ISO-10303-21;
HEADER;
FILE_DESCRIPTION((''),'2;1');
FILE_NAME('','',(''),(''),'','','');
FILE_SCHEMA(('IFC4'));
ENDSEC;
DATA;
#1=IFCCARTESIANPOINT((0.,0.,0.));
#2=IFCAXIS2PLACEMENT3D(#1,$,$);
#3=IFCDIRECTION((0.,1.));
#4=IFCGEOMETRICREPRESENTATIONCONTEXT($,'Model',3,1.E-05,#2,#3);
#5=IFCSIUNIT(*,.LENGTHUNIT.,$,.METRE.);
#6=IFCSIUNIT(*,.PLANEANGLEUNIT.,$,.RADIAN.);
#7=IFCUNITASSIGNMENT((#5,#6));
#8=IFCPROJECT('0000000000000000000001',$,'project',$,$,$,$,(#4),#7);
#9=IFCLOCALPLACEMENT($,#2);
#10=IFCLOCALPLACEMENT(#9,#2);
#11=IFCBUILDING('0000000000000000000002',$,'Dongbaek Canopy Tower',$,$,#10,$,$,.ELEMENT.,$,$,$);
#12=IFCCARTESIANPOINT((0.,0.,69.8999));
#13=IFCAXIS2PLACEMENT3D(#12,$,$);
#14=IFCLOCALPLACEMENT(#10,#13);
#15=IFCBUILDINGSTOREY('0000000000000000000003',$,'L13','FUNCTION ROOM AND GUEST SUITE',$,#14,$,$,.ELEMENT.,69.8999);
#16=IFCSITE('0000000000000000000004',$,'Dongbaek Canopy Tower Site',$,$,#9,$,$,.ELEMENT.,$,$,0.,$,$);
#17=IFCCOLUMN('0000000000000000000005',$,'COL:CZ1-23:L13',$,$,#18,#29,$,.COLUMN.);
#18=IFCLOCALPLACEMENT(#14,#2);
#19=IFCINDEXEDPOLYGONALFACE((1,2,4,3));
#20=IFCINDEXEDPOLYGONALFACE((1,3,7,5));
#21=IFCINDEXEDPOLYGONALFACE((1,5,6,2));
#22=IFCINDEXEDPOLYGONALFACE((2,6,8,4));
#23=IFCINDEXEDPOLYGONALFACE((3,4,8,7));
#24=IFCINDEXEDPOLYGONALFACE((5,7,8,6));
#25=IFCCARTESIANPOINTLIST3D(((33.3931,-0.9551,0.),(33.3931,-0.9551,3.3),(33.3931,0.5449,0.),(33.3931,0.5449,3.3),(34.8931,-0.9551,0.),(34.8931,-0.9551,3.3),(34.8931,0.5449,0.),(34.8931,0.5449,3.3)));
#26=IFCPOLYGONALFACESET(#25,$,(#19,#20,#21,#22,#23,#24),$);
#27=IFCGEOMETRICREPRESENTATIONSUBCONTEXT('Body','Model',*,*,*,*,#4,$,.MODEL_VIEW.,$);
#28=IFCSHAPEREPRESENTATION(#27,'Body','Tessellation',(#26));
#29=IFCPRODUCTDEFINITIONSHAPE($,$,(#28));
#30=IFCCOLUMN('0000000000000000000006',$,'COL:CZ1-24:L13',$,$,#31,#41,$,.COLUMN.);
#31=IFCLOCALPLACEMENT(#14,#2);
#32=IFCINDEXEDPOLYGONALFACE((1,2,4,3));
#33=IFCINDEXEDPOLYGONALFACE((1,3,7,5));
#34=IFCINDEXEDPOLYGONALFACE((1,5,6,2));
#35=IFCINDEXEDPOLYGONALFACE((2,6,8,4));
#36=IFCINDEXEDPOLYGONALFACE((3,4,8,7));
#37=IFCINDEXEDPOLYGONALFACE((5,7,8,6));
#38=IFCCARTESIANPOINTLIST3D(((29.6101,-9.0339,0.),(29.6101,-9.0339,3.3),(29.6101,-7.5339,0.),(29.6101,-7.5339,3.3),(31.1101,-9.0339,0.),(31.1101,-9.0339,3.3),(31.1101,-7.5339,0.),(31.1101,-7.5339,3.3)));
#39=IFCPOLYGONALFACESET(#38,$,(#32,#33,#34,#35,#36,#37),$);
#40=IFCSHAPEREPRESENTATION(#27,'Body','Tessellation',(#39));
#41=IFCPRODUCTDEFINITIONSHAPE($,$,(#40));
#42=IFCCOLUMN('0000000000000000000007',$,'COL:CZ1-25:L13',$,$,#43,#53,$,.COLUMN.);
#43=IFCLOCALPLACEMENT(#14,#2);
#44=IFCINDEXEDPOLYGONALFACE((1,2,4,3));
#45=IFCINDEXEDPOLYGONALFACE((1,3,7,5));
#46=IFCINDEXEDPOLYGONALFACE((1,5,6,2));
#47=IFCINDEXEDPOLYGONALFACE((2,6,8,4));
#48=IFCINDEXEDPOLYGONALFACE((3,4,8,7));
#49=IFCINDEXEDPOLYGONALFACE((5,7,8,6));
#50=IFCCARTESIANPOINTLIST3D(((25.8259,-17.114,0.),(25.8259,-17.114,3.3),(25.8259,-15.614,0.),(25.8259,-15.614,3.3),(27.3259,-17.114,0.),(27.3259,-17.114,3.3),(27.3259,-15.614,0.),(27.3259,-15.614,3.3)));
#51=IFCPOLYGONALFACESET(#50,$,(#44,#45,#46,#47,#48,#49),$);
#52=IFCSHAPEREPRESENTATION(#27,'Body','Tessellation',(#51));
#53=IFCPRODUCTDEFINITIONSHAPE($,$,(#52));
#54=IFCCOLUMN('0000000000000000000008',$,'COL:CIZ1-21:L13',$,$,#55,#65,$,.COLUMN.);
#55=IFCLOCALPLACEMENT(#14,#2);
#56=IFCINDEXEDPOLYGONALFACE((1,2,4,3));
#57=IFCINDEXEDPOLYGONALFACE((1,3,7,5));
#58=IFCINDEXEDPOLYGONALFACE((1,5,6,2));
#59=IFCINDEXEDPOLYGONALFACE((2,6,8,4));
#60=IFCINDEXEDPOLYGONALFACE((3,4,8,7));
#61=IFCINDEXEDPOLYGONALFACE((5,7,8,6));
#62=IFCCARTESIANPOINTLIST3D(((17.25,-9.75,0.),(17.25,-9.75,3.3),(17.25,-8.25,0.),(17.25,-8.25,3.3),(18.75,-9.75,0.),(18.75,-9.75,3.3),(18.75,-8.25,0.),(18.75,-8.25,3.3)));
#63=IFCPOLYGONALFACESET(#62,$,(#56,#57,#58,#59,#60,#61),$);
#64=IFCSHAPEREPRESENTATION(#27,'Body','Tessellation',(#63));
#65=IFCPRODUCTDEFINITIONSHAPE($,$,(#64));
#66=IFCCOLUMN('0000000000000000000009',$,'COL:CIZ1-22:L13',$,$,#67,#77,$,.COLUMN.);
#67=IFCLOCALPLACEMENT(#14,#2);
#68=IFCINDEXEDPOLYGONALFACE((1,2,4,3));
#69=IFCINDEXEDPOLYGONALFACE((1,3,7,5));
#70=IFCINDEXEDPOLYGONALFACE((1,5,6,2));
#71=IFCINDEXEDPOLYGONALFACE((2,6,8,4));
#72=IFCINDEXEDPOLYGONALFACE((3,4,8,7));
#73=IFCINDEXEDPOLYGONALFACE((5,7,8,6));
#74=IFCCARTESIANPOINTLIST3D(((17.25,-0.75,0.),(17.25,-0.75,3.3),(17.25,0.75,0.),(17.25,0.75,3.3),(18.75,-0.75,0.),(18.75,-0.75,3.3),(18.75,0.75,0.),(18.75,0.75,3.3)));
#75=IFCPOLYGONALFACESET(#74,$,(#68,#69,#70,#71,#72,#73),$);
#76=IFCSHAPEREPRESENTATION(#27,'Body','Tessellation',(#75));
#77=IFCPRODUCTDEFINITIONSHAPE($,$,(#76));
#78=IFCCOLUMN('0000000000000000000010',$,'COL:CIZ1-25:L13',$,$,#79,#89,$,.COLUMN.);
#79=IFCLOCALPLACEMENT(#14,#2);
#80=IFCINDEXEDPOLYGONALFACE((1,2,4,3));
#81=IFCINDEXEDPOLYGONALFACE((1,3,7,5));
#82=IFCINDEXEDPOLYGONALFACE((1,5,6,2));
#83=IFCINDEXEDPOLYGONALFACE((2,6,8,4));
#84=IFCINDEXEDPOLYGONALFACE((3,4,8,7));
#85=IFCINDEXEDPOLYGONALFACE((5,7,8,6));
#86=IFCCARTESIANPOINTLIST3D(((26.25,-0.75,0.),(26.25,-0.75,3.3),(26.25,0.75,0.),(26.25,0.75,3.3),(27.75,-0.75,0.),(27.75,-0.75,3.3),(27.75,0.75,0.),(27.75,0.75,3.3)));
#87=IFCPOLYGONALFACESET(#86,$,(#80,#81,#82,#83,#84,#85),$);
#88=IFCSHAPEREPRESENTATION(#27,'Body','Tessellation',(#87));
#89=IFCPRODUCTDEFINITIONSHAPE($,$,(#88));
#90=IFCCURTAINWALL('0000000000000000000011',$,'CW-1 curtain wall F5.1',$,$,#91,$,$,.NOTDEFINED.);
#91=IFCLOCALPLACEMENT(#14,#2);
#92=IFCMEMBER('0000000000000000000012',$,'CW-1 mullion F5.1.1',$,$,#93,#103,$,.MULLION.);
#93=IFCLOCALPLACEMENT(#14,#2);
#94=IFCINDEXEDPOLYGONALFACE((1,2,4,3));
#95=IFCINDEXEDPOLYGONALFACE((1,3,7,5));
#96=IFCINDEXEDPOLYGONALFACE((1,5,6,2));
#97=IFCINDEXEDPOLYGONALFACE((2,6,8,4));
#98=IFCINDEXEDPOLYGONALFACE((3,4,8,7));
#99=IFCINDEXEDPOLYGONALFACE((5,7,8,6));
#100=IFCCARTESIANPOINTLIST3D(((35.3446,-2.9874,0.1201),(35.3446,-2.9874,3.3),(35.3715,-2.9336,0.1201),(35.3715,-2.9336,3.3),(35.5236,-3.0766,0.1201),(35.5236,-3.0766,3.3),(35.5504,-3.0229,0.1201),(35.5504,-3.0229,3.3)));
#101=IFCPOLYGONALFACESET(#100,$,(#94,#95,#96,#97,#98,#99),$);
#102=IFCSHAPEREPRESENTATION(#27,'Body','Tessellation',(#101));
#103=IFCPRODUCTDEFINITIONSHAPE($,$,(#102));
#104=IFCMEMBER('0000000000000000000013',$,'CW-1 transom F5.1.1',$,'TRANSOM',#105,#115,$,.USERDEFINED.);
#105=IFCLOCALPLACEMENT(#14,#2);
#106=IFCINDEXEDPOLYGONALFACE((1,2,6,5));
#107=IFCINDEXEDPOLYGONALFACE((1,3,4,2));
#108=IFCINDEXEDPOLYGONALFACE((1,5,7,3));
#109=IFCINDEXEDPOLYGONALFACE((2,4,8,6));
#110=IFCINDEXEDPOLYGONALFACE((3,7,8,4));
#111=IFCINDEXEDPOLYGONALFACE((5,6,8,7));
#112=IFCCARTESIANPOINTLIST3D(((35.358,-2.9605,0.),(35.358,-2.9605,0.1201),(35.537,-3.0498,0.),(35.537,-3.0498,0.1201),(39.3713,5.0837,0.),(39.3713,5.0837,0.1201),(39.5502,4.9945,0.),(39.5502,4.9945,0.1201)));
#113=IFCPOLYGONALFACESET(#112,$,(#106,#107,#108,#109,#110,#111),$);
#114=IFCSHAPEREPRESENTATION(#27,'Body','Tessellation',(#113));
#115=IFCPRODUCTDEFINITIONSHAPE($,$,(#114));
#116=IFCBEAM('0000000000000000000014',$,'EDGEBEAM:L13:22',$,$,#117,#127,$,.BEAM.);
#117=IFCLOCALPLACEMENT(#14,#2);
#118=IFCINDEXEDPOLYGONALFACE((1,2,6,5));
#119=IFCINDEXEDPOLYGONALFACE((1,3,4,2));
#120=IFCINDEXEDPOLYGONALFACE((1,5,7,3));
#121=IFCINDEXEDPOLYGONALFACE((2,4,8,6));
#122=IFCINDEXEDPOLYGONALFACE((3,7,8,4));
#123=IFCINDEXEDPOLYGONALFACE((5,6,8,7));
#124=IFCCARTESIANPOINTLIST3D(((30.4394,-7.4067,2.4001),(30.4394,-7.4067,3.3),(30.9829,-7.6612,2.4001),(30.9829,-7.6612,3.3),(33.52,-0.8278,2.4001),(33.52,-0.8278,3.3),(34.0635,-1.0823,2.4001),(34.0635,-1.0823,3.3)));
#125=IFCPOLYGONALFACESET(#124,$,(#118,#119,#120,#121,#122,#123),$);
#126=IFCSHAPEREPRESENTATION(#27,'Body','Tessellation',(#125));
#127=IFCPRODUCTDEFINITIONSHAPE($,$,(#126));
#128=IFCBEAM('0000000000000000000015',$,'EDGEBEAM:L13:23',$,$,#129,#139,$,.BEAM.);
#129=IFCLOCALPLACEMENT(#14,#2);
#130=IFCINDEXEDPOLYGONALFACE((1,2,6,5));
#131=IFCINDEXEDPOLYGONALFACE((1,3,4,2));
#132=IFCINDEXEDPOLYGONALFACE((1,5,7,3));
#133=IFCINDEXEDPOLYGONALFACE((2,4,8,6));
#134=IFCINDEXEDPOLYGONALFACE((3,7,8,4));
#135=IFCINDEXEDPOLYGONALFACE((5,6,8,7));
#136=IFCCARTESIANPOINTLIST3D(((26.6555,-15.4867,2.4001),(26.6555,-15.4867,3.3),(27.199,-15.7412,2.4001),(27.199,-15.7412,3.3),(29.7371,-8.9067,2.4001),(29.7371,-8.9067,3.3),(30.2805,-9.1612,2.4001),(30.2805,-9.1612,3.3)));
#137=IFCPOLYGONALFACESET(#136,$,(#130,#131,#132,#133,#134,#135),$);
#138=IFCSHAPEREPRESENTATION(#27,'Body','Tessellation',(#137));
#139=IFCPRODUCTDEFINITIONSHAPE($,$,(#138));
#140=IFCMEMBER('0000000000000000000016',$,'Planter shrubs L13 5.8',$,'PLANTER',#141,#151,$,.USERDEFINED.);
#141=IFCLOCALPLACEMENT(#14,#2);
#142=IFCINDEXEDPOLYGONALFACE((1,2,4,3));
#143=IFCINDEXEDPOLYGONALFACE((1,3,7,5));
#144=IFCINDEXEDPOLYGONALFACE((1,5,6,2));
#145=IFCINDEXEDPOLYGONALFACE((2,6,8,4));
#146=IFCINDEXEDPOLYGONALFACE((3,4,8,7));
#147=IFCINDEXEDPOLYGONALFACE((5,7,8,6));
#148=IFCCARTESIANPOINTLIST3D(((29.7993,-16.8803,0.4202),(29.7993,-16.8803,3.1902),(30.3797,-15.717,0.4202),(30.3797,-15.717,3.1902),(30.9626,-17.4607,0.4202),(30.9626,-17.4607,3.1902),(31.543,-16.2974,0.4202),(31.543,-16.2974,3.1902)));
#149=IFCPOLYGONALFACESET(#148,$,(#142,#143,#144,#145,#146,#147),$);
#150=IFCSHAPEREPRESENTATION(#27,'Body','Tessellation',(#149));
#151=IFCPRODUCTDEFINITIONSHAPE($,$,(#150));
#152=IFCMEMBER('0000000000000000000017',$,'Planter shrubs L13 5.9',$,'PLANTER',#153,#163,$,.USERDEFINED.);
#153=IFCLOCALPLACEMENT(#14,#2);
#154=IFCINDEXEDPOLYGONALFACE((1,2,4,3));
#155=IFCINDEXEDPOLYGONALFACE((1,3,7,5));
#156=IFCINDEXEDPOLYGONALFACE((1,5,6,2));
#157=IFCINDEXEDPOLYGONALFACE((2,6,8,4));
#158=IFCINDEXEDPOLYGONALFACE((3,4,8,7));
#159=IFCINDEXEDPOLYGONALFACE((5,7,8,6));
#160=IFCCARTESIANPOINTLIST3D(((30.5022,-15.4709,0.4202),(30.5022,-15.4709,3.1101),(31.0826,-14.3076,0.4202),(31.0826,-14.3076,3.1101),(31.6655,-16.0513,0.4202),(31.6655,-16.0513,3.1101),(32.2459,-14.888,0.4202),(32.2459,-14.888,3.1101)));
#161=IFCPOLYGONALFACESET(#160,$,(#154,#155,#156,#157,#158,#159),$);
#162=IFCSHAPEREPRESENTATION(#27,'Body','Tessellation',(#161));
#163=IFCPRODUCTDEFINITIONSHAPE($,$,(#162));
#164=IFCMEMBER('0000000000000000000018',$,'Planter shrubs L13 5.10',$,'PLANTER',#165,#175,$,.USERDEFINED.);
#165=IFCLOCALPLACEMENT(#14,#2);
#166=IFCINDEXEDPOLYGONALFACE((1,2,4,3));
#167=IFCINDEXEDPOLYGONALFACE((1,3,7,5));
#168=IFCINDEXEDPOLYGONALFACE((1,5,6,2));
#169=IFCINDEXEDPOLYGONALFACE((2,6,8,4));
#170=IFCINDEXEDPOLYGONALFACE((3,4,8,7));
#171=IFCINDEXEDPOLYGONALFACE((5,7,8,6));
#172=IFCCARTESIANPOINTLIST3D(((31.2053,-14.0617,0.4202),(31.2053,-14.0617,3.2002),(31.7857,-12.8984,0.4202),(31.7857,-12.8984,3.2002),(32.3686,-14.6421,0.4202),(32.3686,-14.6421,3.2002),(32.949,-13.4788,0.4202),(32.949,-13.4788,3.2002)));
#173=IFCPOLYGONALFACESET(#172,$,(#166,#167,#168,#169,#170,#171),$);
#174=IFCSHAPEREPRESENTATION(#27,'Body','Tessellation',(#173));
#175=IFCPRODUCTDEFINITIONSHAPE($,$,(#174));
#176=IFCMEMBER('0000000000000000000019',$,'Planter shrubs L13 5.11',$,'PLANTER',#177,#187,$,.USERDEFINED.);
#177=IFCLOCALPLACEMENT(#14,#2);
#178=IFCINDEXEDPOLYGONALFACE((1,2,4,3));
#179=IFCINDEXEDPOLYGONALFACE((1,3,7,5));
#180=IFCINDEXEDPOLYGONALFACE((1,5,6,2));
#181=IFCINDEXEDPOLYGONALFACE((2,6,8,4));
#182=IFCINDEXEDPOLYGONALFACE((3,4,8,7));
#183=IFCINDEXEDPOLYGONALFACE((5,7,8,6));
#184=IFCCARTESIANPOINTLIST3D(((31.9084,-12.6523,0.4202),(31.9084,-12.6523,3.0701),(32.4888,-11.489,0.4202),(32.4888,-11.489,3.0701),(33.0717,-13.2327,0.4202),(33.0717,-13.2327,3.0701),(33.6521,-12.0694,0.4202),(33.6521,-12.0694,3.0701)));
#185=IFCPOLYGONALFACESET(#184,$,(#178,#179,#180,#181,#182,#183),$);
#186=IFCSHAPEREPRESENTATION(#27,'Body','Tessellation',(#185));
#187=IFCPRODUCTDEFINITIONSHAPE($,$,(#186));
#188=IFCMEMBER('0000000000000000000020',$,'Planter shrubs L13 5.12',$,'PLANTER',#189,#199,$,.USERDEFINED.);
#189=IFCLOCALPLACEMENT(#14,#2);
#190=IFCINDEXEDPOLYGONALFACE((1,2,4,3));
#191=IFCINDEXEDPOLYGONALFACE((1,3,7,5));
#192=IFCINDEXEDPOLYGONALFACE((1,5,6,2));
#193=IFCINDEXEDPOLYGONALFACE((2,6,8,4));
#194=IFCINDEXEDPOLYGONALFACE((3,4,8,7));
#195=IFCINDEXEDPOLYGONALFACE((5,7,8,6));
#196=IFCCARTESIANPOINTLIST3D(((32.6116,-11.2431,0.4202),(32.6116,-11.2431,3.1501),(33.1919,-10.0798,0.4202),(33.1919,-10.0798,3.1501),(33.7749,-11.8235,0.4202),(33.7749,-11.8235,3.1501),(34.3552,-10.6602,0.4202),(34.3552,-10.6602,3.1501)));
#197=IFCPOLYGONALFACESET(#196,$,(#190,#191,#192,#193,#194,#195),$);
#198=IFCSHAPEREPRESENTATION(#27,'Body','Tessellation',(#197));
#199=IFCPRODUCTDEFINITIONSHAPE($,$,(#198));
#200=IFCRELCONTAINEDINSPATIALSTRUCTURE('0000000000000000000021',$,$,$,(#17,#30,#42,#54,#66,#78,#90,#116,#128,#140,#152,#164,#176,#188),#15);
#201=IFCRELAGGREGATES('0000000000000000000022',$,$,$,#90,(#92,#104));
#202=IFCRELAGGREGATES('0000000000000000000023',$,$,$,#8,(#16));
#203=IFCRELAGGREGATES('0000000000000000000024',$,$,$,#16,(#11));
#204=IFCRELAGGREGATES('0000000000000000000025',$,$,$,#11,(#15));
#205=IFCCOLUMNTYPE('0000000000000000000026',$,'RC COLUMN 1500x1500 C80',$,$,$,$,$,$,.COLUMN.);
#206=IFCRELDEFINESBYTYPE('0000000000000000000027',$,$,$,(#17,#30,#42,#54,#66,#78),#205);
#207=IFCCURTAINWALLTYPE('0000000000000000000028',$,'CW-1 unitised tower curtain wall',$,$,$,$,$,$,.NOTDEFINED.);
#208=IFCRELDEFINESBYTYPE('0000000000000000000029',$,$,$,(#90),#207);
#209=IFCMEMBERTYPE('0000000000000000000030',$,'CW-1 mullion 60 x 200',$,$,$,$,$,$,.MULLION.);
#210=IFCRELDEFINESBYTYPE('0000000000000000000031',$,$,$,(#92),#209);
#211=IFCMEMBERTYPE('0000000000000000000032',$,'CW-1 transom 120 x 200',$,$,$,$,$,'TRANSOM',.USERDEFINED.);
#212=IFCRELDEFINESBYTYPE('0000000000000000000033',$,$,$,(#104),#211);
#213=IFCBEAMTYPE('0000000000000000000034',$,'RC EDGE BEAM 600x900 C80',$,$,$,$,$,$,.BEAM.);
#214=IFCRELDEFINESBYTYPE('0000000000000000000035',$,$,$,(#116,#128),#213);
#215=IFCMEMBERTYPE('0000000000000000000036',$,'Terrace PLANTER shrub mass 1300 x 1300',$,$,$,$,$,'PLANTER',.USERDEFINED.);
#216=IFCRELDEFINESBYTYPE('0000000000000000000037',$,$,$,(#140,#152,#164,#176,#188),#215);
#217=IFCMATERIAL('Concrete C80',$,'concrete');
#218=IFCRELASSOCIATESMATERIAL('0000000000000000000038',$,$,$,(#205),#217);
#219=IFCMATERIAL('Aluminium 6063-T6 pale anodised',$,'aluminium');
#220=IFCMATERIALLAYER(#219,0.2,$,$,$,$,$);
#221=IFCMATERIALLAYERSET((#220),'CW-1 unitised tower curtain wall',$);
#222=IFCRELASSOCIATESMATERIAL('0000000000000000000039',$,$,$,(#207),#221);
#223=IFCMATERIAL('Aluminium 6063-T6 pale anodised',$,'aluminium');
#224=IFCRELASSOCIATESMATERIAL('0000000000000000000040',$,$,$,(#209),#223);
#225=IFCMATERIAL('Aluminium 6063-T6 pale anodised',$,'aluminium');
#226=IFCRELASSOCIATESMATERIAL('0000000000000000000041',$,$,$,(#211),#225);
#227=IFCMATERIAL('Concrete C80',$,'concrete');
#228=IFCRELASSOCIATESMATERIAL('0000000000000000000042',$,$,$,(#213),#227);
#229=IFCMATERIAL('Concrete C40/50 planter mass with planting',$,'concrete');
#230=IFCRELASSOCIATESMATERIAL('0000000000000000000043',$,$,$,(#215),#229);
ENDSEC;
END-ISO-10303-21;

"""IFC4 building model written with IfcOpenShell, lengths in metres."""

from ifc_helpers import new_model, si_unit, direction, frame, origin, origin_2d, place, context, subcontext, project, spatial, rectangle, extrude, material, layer, layer_set, material_profile, profile_set, type_object, element, aggregate, save


model = new_model("IFC4")

# Units and contexts
model_context = context("Model", 3, precision=1e-05, world=origin(), true_north=direction((0.0, 1.0)))
body_context = subcontext(model_context, "Body", "Model", "MODEL_VIEW")
ifc_project = project(units=[si_unit("LENGTHUNIT", "METRE"), si_unit("PLANEANGLEUNIT", "RADIAN")], contexts=[model_context])

# Site, building, storey
site_placement = place(None, origin())
site = spatial("IfcSite", under=ifc_project, at=site_placement, Name="Dongbaek Canopy Tower Site", CompositionType="ELEMENT", RefElevation=0.0)
building_placement = place(site_placement, origin())
building = spatial("IfcBuilding", under=site, at=building_placement, Name="Dongbaek Canopy Tower", CompositionType="ELEMENT")
storey_placement = place(building_placement, frame((0.0, 0.0, 69.8999)))
storey = spatial("IfcBuildingStorey", under=building, at=storey_placement, Name="L13", Description="FUNCTION ROOM AND GUEST SUITE", CompositionType="ELEMENT", Elevation=69.8999)

# Columns
ifc_material_1 = material(Name="Concrete C80", Category="concrete")
ifc_material_profile_1 = material_profile(ifc_material_1, rectangle(XDim=1.5, YDim=1.5, at=origin_2d()), Name="RC COLUMN 1500x1500 C80")
ifc_profile_set_1 = profile_set([ifc_material_profile_1], Name="Concrete C80")
column_type = type_object("IfcColumnType", Name="RC COLUMN 1500x1500 C80", PredefinedType="COLUMN", material=ifc_profile_set_1)
for number, where, z_axis, x_axis, name in (
    (1, (34.1431, -0.2051, 0.0), (0.0, 0.0, 1.0), (1.0, 0.0, 0.0), "COL:CZ1-23:L13"),
    (2, (30.3601, -8.2839, 0.0), (0.0, 0.0, 1.0), (1.0, 0.0, 0.0), "COL:CZ1-24:L13"),
    (3, (26.5759, -16.364, 0.0), (0.0, 0.0, 1.0), (1.0, 0.0, 0.0), "COL:CZ1-25:L13"),
    (4, (18.0, -9.0, 0.0), (0.0, 0.0, 1.0), (1.0, 0.0, 0.0), "COL:CIZ1-21:L13"),
    (5, (18.0, 0.0, 0.0), (0.0, 0.0, 1.0), (1.0, 0.0, 0.0), "COL:CIZ1-22:L13"),
    (6, (27.0, 0.0, 0.0), (0.0, 0.0, 1.0), (1.0, 0.0, 0.0), "COL:CIZ1-25:L13"),
):
    element("IfcColumn", number, at=place(storey_placement, frame(where, z_axis=z_axis, x_axis=x_axis)), inside=storey, type_object=column_type, Name=name, PredefinedType="COLUMN", context=body_context, shape_type="SweptSolid", body=[
        extrude(rectangle(XDim=1.5, YDim=1.5, at=origin_2d()), origin(), (0.0, 0.0, 1.0), 3.3),
    ])

# Curtain wall, members
ifc_material_2 = material(Name="Aluminium 6063-T6 pale anodised", Category="aluminium")
ifc_layer_1 = layer(ifc_material_2, 0.2)
ifc_layer_set_1 = layer_set([ifc_layer_1], Name="CW-1 unitised tower curtain wall")
curtain_wall_type = type_object("IfcCurtainWallType", Name="CW-1 unitised tower curtain wall", PredefinedType="NOTDEFINED", material=ifc_layer_set_1)
curtain_wall_placement = place(storey_placement, origin())
curtain_wall = element("IfcCurtainWall", 7, at=curtain_wall_placement, inside=storey, type_object=curtain_wall_type, Name="CW-1 curtain wall F5.1", PredefinedType="NOTDEFINED")
ifc_material_3 = material(Name="Aluminium 6063-T6 pale anodised", Category="aluminium")
ifc_material_profile_2 = material_profile(ifc_material_3, rectangle(XDim=0.2, YDim=0.0601, at=origin_2d()), Name="CW-1 mullion 60 x 200")
ifc_profile_set_2 = profile_set([ifc_material_profile_2], Name="Aluminium 6063-T6 pale anodised")
member_type_1 = type_object("IfcMemberType", Name="CW-1 mullion 60 x 200", PredefinedType="MULLION", material=ifc_profile_set_2)
member_1_placement = place(storey_placement, frame((35.4475, -3.0051, 0.1201), z_axis=(0.0, 0.0, 1.0), x_axis=(0.894823, -0.44642, 0.0)))
member_1 = element("IfcMember", 8, at=member_1_placement, type_object=member_type_1, Name="CW-1 mullion F5.1.1", PredefinedType="MULLION", context=body_context, shape_type="SweptSolid", body=[
    extrude(rectangle(XDim=0.2, YDim=0.0601, at=origin_2d()), origin(), (0.0, 0.0, 1.0), 3.1799),
])
ifc_material_4 = material(Name="Aluminium 6063-T6 pale anodised", Category="aluminium")
ifc_material_profile_3 = material_profile(ifc_material_4, rectangle(XDim=0.2, YDim=0.1201, at=origin_2d()), Name="CW-1 transom 120 x 200")
ifc_profile_set_3 = profile_set([ifc_material_profile_3], Name="Aluminium 6063-T6 pale anodised")
member_type_2 = type_object("IfcMemberType", Name="CW-1 transom 120 x 200", ElementType="TRANSOM", PredefinedType="USERDEFINED", material=ifc_profile_set_3)
member_2_placement = place(storey_placement, frame((35.4475, -3.0051, 0.0601), z_axis=(0.44642, 0.894823, 0.0), x_axis=(-0.894823, 0.44642, 0.0)))
member_2 = element("IfcMember", 9, at=member_2_placement, type_object=member_type_2, Name="CW-1 transom F5.1.1", ObjectType="TRANSOM", PredefinedType="USERDEFINED", context=body_context, shape_type="SweptSolid", body=[
    extrude(rectangle(XDim=0.2, YDim=0.1201, at=origin_2d()), origin(), (0.0, 0.0, 1.0), 8.9897),
])

# Beams
ifc_material_5 = material(Name="Concrete C80", Category="concrete")
ifc_material_profile_4 = material_profile(ifc_material_5, rectangle(XDim=0.6001, YDim=0.8999, at=origin_2d()), Name="RC EDGE BEAM 600x900 C80")
ifc_profile_set_4 = profile_set([ifc_material_profile_4], Name="Concrete C80")
beam_type = type_object("IfcBeamType", Name="RC EDGE BEAM 600x900 C80", PredefinedType="BEAM", material=ifc_profile_set_4)
beam_1_placement = place(storey_placement, frame((33.7917, -0.9551, 2.8501), z_axis=(-0.424064, -0.905632, 0.0), x_axis=(0.905632, -0.424064, 0.0)))
element("IfcBeam", 10, at=beam_1_placement, inside=storey, type_object=beam_type, Name="EDGEBEAM:L13:22", PredefinedType="BEAM", context=body_context, shape_type="SweptSolid", body=[
    extrude(rectangle(XDim=0.6001, YDim=0.8999, at=origin_2d()), origin(), (0.0, 0.0, 1.0), 7.2644),
])
beam_2_placement = place(storey_placement, frame((30.0088, -9.0339, 2.8501), z_axis=(-0.42411, -0.905611, 0.0), x_axis=(0.905611, -0.42411, 0.0)))
element("IfcBeam", 11, at=beam_2_placement, inside=storey, type_object=beam_type, Name="EDGEBEAM:L13:23", PredefinedType="BEAM", context=body_context, shape_type="SweptSolid", body=[
    extrude(rectangle(XDim=0.6001, YDim=0.8999, at=origin_2d()), origin(), (0.0, 0.0, 1.0), 7.2659),
])

# Members
ifc_material_6 = material(Name="Concrete C40/50 planter mass with planting", Category="concrete")
ifc_material_profile_5 = material_profile(ifc_material_6, rectangle(XDim=1.3, YDim=1.3, at=origin_2d()), Name="Terrace PLANTER shrub mass 1300 x 1300")
ifc_profile_set_5 = profile_set([ifc_material_profile_5], Name="Concrete C40/50 planter mass with planting")
member_type_3 = type_object("IfcMemberType", Name="Terrace PLANTER shrub mass 1300 x 1300", ElementType="PLANTER", PredefinedType="USERDEFINED", material=ifc_profile_set_5)
member_3_placement = place(storey_placement, frame((30.6711, -16.5889, 0.4202), z_axis=(0.0, 0.0, 1.0), x_axis=(0.894823, -0.44642, 0.0)))
element("IfcMember", 12, at=member_3_placement, inside=storey, type_object=member_type_3, Name="Planter shrubs L13 5.8", ObjectType="PLANTER", PredefinedType="USERDEFINED", context=body_context, shape_type="SweptSolid", body=[
    extrude(rectangle(XDim=1.3, YDim=1.3, at=origin_2d()), origin(), (0.0, 0.0, 1.0), 2.77),
])
member_4_placement = place(storey_placement, frame((31.374, -15.1794, 0.4202), z_axis=(0.0, 0.0, 1.0), x_axis=(0.894823, -0.44642, 0.0)))
element("IfcMember", 13, at=member_4_placement, inside=storey, type_object=member_type_3, Name="Planter shrubs L13 5.9", ObjectType="PLANTER", PredefinedType="USERDEFINED", context=body_context, shape_type="SweptSolid", body=[
    extrude(rectangle(XDim=1.3, YDim=1.3, at=origin_2d()), origin(), (0.0, 0.0, 1.0), 2.6899),
])
member_5_placement = place(storey_placement, frame((32.0771, -13.7703, 0.4202), z_axis=(0.0, 0.0, 1.0), x_axis=(0.894823, -0.44642, 0.0)))
element("IfcMember", 14, at=member_5_placement, inside=storey, type_object=member_type_3, Name="Planter shrubs L13 5.10", ObjectType="PLANTER", PredefinedType="USERDEFINED", context=body_context, shape_type="SweptSolid", body=[
    extrude(rectangle(XDim=1.3, YDim=1.3, at=origin_2d()), origin(), (0.0, 0.0, 1.0), 2.78),
])
member_6_placement = place(storey_placement, frame((32.7803, -12.3608, 0.4202), z_axis=(0.0, 0.0, 1.0), x_axis=(0.894823, -0.44642, 0.0)))
element("IfcMember", 15, at=member_6_placement, inside=storey, type_object=member_type_3, Name="Planter shrubs L13 5.11", ObjectType="PLANTER", PredefinedType="USERDEFINED", context=body_context, shape_type="SweptSolid", body=[
    extrude(rectangle(XDim=1.3, YDim=1.3, at=origin_2d()), origin(), (0.0, 0.0, 1.0), 2.6499),
])
member_7_placement = place(storey_placement, frame((33.4834, -10.9517, 0.4202), z_axis=(0.0, 0.0, 1.0), x_axis=(0.894823, -0.44642, 0.0)))
element("IfcMember", 16, at=member_7_placement, inside=storey, type_object=member_type_3, Name="Planter shrubs L13 5.12", ObjectType="PLANTER", PredefinedType="USERDEFINED", context=body_context, shape_type="SweptSolid", body=[
    extrude(rectangle(XDim=1.3, YDim=1.3, at=origin_2d()), origin(), (0.0, 0.0, 1.0), 2.73),
])

aggregate(curtain_wall, [member_1, member_2])

save(model, "model.ifc")
